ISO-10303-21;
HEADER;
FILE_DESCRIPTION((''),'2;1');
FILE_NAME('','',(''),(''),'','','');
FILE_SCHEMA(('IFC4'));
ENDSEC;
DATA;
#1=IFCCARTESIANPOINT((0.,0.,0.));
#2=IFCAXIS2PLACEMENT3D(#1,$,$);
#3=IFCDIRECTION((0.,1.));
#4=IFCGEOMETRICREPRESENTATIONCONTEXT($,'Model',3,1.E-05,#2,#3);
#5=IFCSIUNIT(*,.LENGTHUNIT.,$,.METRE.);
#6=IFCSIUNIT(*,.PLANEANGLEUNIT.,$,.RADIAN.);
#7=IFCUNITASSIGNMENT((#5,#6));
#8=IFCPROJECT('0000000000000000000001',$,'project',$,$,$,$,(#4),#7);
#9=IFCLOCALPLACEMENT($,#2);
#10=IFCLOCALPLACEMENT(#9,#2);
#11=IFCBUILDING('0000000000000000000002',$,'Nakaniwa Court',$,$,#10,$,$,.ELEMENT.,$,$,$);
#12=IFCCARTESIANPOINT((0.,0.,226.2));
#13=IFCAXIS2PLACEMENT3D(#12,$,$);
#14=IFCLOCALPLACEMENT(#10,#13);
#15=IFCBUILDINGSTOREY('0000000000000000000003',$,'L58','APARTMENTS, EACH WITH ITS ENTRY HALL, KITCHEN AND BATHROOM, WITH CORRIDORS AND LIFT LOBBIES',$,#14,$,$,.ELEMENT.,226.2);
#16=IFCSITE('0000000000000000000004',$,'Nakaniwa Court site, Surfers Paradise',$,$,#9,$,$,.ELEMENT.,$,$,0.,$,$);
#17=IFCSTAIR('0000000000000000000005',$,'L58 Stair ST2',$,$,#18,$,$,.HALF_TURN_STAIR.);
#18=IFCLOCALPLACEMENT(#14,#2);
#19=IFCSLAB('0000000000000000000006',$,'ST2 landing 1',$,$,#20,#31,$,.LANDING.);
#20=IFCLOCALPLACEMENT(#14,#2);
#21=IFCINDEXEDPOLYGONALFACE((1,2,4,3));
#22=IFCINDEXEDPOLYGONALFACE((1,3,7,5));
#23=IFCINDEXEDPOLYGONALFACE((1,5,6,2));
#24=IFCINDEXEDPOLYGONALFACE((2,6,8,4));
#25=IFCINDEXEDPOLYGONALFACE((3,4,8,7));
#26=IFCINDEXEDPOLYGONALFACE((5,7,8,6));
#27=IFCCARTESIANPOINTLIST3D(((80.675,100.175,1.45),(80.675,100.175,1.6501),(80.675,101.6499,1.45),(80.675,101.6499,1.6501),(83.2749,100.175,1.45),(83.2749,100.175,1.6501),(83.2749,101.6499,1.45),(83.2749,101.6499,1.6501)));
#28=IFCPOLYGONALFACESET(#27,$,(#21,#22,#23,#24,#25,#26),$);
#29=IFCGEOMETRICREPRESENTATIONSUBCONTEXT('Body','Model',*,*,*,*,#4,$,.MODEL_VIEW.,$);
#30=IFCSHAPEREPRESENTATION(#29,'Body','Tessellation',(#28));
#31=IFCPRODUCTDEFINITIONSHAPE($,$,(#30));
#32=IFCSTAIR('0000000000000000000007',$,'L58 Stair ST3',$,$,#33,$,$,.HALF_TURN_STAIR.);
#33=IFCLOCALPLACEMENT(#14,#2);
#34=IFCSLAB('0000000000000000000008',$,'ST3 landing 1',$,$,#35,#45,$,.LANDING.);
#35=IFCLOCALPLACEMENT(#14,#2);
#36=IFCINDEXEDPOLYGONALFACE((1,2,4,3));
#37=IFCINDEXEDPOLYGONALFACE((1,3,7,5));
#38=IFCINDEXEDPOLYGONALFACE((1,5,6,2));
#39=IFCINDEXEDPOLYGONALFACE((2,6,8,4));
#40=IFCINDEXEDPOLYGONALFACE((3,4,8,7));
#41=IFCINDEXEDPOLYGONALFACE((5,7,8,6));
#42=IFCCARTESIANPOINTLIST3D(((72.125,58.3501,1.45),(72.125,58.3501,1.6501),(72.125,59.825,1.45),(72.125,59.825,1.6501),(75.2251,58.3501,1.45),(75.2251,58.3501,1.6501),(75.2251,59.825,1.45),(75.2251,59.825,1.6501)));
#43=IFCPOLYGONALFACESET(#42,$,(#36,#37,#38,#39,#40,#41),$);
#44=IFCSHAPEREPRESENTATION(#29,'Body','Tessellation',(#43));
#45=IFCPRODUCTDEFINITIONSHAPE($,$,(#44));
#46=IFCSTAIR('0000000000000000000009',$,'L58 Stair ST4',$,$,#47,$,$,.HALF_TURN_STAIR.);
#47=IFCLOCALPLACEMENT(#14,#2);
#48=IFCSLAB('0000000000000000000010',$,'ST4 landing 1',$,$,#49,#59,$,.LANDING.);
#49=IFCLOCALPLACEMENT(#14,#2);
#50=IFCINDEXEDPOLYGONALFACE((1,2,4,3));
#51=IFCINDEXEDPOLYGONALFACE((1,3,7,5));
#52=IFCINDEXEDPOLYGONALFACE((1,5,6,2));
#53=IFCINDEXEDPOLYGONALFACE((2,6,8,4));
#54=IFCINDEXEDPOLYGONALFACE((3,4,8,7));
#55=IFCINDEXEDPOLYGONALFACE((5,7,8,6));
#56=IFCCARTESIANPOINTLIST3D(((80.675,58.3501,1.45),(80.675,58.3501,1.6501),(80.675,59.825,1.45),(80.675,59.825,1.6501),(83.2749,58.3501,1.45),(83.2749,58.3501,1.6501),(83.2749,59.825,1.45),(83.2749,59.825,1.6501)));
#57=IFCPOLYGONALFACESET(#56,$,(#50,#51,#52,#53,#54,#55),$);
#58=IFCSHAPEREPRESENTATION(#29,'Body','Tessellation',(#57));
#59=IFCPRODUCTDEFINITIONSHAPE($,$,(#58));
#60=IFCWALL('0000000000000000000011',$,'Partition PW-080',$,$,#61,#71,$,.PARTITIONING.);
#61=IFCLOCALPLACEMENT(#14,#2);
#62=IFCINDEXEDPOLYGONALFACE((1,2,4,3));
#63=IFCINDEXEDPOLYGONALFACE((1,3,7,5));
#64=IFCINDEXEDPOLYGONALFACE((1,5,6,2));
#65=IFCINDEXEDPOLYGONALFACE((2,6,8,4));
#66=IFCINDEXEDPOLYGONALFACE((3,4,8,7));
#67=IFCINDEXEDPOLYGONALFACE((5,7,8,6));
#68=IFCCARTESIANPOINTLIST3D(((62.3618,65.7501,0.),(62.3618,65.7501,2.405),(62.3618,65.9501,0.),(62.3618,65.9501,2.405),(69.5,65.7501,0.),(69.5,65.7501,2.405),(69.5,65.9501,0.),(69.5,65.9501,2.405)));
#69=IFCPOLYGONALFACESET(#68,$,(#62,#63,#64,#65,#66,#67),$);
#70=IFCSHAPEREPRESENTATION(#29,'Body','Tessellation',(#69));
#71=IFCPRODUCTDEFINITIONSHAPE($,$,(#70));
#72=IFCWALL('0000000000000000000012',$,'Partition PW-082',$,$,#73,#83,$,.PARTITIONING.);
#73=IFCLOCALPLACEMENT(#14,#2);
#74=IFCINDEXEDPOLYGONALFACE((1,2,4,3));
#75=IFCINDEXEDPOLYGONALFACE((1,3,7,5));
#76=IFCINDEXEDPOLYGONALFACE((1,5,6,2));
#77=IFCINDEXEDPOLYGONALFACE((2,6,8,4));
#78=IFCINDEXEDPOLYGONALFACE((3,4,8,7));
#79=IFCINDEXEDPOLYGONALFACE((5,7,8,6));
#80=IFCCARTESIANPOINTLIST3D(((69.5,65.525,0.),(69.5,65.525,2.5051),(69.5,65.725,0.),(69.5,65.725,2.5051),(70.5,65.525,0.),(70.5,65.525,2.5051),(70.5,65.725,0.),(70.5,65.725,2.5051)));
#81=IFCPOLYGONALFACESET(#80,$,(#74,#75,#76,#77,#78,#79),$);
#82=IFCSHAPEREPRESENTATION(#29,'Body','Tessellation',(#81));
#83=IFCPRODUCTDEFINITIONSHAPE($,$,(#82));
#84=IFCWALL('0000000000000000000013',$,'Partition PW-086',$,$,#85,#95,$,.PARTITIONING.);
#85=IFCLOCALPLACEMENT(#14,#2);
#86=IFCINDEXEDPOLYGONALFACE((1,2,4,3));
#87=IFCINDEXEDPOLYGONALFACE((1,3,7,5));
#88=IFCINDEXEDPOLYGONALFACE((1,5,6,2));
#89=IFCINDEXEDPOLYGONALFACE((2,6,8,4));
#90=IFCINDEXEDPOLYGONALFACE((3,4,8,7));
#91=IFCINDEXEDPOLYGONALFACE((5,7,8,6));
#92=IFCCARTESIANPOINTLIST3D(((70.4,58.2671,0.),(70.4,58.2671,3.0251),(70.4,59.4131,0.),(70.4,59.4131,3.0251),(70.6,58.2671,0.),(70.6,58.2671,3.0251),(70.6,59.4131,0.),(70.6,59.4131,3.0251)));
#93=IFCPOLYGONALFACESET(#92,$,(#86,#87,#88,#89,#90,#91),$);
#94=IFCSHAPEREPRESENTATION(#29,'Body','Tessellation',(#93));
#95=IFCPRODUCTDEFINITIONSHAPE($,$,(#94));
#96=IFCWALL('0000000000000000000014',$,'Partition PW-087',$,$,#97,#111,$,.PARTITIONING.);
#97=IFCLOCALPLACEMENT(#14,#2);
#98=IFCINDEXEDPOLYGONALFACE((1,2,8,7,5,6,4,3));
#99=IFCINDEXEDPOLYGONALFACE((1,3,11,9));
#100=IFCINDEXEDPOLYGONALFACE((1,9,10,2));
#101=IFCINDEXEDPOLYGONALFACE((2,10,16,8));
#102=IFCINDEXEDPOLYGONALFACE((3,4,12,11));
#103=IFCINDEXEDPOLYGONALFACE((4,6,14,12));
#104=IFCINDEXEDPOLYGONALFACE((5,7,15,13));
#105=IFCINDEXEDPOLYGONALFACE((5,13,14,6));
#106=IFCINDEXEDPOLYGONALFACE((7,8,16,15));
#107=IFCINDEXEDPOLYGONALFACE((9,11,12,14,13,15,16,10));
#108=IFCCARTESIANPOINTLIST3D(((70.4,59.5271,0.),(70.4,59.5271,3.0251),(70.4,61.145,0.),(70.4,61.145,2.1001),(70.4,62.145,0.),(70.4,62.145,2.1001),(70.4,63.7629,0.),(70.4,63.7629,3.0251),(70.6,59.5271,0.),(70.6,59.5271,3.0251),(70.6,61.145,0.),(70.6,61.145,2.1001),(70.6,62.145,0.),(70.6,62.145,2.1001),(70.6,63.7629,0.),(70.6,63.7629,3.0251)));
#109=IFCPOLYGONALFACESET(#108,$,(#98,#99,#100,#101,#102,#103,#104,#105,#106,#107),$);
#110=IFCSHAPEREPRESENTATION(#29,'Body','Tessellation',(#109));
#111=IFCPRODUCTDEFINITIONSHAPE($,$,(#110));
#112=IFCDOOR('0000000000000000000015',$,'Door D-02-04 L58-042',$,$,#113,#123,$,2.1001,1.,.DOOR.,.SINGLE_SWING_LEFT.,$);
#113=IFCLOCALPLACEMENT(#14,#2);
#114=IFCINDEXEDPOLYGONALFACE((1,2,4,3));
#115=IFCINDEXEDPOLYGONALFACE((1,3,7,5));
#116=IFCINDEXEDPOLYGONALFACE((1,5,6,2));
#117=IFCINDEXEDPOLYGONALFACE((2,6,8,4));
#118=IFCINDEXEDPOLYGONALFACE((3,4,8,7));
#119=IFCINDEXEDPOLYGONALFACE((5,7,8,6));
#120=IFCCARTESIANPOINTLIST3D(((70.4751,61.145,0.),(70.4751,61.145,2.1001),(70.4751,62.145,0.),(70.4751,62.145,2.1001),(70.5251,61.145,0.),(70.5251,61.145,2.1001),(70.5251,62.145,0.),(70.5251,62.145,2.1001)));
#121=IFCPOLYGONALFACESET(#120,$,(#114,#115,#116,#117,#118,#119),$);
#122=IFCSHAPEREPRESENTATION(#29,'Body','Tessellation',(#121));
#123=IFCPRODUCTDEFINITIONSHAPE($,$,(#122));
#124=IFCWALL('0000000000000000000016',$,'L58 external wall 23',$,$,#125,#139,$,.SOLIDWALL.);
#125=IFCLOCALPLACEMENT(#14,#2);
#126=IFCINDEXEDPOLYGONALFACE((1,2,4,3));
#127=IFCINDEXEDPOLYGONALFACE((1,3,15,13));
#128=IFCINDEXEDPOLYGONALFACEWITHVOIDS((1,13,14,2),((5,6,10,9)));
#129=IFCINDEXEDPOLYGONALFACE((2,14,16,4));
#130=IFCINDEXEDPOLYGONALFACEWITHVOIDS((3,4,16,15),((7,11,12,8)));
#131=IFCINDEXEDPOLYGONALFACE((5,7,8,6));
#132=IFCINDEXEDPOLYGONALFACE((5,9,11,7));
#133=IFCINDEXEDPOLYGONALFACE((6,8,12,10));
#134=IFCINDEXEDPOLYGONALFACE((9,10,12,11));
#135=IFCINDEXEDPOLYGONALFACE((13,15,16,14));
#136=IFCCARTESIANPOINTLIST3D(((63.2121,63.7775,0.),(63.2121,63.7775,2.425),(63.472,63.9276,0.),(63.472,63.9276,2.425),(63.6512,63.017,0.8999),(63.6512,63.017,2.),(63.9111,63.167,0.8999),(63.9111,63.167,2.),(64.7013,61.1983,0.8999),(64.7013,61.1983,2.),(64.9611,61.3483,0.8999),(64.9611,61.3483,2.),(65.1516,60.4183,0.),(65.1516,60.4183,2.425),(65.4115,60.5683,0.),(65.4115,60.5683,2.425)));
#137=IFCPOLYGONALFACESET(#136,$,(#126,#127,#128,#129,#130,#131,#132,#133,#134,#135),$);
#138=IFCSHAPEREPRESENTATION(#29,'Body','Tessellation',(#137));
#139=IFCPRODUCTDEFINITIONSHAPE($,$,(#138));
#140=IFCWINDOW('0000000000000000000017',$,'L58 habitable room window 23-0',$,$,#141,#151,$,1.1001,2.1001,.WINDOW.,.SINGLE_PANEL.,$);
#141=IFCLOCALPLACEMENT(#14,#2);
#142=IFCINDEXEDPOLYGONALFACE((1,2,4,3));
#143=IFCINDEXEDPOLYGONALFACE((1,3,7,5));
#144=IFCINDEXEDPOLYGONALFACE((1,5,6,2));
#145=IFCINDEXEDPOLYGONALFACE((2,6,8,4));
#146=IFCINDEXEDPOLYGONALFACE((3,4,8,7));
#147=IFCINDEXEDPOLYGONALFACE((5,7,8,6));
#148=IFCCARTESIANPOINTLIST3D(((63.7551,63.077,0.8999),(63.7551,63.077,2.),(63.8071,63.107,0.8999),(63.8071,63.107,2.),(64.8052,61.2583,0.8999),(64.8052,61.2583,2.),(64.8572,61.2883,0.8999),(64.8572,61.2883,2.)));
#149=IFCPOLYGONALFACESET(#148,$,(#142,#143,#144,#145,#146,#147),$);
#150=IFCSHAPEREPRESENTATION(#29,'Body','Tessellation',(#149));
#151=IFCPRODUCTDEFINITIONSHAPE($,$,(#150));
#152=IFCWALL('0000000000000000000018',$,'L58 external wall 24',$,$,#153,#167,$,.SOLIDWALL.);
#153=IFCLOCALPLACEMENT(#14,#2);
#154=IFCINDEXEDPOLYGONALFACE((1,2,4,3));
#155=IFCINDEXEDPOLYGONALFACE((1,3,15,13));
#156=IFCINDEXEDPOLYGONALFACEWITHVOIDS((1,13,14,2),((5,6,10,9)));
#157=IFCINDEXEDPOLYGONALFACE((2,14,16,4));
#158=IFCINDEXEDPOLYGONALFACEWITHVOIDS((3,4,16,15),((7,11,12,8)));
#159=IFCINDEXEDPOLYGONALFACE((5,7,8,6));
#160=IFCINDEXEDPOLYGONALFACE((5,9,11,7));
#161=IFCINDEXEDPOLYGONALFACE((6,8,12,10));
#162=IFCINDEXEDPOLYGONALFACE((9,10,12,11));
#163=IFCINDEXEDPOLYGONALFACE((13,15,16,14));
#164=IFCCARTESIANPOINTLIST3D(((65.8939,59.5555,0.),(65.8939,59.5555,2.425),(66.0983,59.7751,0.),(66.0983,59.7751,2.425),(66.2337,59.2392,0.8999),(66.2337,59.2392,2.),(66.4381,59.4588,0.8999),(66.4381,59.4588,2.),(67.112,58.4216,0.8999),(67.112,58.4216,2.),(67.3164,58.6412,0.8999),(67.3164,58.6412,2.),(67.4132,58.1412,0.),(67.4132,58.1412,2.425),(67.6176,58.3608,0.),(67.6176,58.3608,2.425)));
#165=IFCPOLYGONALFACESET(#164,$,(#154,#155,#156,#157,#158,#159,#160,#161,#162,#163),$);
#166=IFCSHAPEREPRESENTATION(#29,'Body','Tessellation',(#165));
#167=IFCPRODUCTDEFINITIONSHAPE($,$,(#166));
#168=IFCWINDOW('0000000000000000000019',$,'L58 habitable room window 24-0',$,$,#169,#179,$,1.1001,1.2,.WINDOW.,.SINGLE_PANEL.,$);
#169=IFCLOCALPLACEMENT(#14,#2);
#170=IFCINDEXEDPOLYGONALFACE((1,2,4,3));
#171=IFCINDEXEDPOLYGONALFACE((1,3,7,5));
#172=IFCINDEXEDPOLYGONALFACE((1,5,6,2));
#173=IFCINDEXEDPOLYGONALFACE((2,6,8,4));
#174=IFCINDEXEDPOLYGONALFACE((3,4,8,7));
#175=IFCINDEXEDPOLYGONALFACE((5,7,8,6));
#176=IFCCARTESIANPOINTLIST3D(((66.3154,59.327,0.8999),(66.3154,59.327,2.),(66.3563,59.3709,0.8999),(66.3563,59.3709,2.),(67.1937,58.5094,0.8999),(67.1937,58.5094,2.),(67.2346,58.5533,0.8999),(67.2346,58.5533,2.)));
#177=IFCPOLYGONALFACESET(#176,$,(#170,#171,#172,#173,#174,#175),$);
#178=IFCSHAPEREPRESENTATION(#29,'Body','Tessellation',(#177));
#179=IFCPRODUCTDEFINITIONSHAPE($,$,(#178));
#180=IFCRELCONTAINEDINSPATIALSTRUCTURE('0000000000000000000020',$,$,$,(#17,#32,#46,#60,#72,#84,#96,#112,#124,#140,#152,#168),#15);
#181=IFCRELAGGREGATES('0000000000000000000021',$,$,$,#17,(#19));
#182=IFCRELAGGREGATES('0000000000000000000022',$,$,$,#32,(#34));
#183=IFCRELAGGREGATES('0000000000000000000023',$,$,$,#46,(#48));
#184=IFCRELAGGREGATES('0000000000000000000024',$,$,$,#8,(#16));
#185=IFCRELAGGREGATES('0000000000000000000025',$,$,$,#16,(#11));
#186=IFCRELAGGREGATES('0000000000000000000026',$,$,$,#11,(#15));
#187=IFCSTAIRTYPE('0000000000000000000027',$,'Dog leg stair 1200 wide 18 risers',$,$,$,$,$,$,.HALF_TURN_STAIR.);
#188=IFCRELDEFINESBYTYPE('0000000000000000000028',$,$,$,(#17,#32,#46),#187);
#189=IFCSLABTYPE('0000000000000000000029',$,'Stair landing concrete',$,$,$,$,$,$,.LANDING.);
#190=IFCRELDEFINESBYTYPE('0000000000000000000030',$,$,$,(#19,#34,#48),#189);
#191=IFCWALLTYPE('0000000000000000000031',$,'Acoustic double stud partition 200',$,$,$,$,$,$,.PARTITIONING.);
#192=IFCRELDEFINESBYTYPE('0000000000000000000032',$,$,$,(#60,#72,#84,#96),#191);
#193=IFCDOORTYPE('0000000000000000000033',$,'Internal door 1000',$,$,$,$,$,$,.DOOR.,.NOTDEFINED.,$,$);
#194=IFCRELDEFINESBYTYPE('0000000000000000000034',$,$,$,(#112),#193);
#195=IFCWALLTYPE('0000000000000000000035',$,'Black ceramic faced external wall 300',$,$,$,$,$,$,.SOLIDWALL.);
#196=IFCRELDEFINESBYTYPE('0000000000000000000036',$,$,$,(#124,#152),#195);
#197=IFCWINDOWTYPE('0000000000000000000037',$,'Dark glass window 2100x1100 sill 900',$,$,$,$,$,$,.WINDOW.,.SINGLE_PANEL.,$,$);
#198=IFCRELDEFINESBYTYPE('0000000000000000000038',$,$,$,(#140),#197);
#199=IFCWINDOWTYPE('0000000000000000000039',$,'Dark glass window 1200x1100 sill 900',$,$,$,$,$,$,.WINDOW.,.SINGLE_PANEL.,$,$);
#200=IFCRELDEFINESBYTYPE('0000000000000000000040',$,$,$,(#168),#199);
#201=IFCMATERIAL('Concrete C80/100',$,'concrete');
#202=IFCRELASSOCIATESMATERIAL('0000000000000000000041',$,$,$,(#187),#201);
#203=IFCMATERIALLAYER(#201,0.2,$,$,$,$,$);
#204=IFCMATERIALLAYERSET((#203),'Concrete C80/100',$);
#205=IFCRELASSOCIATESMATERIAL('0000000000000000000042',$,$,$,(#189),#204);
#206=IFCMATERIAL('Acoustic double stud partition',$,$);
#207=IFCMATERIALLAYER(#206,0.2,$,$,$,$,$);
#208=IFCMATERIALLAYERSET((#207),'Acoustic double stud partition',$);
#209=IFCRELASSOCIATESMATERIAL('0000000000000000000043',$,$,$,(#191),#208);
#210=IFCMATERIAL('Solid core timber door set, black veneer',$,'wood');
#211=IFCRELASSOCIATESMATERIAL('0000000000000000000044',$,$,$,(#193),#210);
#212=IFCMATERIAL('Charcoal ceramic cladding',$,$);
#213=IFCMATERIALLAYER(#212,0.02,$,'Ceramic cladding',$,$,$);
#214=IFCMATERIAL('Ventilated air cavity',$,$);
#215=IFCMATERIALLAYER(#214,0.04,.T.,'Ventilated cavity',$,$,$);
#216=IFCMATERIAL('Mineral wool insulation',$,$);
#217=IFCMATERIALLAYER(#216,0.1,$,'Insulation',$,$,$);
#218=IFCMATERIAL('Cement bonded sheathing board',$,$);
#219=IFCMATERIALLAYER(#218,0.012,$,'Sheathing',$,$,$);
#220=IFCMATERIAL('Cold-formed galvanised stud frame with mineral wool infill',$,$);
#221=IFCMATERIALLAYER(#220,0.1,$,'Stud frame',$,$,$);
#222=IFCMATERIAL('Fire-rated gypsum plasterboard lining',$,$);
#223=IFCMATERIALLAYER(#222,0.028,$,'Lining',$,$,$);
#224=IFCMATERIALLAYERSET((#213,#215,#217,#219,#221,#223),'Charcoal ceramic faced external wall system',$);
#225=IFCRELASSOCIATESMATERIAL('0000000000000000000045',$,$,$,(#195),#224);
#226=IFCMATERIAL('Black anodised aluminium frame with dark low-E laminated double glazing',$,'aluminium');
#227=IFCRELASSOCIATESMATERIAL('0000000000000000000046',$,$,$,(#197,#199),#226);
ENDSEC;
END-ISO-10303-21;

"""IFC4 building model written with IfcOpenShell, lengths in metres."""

from ifc_helpers import new_model, si_unit, direction, frame, frame_2d, origin, place, context, subcontext, project, spatial, polyline, rectangle, outline, extrude, material, layer, layer_set, type_object, element, fill, aggregate, save


model = new_model("IFC4")

# Units and contexts
model_context = context("Model", 3, precision=1e-05, world=origin(), true_north=direction((0.0, 1.0)))
body_context = subcontext(model_context, "Body", "Model", "MODEL_VIEW")
ifc_project = project(units=[si_unit("LENGTHUNIT", "METRE"), si_unit("PLANEANGLEUNIT", "RADIAN")], contexts=[model_context])

# Site, building, storey
site_placement = place(None, origin())
site = spatial("IfcSite", under=ifc_project, at=site_placement, Name="Nakaniwa Court site, Surfers Paradise", CompositionType="ELEMENT", RefElevation=0.0)
building_placement = place(site_placement, origin())
building = spatial("IfcBuilding", under=site, at=building_placement, Name="Nakaniwa Court", CompositionType="ELEMENT")
storey_placement = place(building_placement, frame((0.0, 0.0, 226.2)))
storey = spatial("IfcBuildingStorey", under=building, at=storey_placement, Name="L58", Description="APARTMENTS, EACH WITH ITS ENTRY HALL, KITCHEN AND BATHROOM, WITH CORRIDORS AND LIFT LOBBIES", CompositionType="ELEMENT", Elevation=226.2)

# Shared definitions
ifc_material_1 = material(Name="Concrete C80/100", Category="concrete")

# Stairs, slabs
stair_type = type_object("IfcStairType", Name="Dog leg stair 1200 wide 18 risers", PredefinedType="HALF_TURN_STAIR", material=ifc_material_1)
ifc_layer_1 = layer(ifc_material_1, 0.2)
ifc_layer_set_1 = layer_set([ifc_layer_1], Name="Concrete C80/100")
slab_type_1 = type_object("IfcSlabType", Name="Stair landing concrete", PredefinedType="LANDING", material=ifc_layer_set_1)
stair_1_placement = place(storey_placement, origin())
stair_1 = element("IfcStair", 1, at=stair_1_placement, inside=storey, type_object=stair_type, Name="L58 Stair ST2", PredefinedType="HALF_TURN_STAIR")
slab_1_placement = place(storey_placement, frame((0.0, 0.0, 1.45)))
slab_1 = element("IfcSlab", 2, at=slab_1_placement, type_object=slab_type_1, Name="ST2 landing 1", PredefinedType="LANDING", context=body_context, shape_type="SweptSolid", body=[
    extrude(outline(polyline([(83.2749, 100.175), (83.2749, 101.6499), (80.675, 101.6499), (80.675, 100.175), (83.2749, 100.175)])), origin(), (0.0, 0.0, 1.0), 0.2002),
])
aggregate(stair_1, [slab_1])
stair_2_placement = place(storey_placement, origin())
stair_2 = element("IfcStair", 3, at=stair_2_placement, inside=storey, type_object=stair_type, Name="L58 Stair ST3", PredefinedType="HALF_TURN_STAIR")
slab_2_placement = place(storey_placement, frame((0.0, 0.0, 1.45)))
slab_2 = element("IfcSlab", 4, at=slab_2_placement, type_object=slab_type_1, Name="ST3 landing 1", PredefinedType="LANDING", context=body_context, shape_type="SweptSolid", body=[
    extrude(outline(polyline([(75.2251, 58.3501), (75.2251, 59.825), (72.125, 59.825), (72.125, 58.3501), (75.2251, 58.3501)])), origin(), (0.0, 0.0, 1.0), 0.2002),
])
aggregate(stair_2, [slab_2])
stair_3_placement = place(storey_placement, origin())
stair_3 = element("IfcStair", 5, at=stair_3_placement, inside=storey, type_object=stair_type, Name="L58 Stair ST4", PredefinedType="HALF_TURN_STAIR")
slab_3_placement = place(storey_placement, frame((0.0, 0.0, 1.45)))
slab_3 = element("IfcSlab", 6, at=slab_3_placement, type_object=slab_type_1, Name="ST4 landing 1", PredefinedType="LANDING", context=body_context, shape_type="SweptSolid", body=[
    extrude(outline(polyline([(83.2749, 58.3501), (83.2749, 59.825), (80.675, 59.825), (80.675, 58.3501), (83.2749, 58.3501)])), origin(), (0.0, 0.0, 1.0), 0.2002),
])
aggregate(stair_3, [slab_3])

# Walls
ifc_material_2 = material(Name="Acoustic double stud partition")
ifc_layer_2 = layer(ifc_material_2, 0.2)
ifc_layer_set_2 = layer_set([ifc_layer_2], Name="Acoustic double stud partition")
wall_type_1 = type_object("IfcWallType", Name="Acoustic double stud partition 200", PredefinedType="PARTITIONING", material=ifc_layer_set_2)
wall_1_placement = place(storey_placement, frame((62.3618, 65.8501, 0.0), z_axis=(0.0, 0.0, 1.0), x_axis=(1.0, 0.0, 0.0)))
element("IfcWall", 7, at=wall_1_placement, inside=storey, type_object=wall_type_1, Name="Partition PW-080", PredefinedType="PARTITIONING", context=body_context, shape_type="SweptSolid", body=[
    extrude(rectangle(XDim=7.1382, YDim=0.2, at=frame_2d((3.5691, 0.0))), origin(), (0.0, 0.0, 1.0), 2.405),
])
wall_2_placement = place(storey_placement, frame((69.5, 65.625, 0.0), z_axis=(0.0, 0.0, 1.0), x_axis=(1.0, 0.0, 0.0)))
element("IfcWall", 8, at=wall_2_placement, inside=storey, type_object=wall_type_1, Name="Partition PW-082", PredefinedType="PARTITIONING", context=body_context, shape_type="SweptSolid", body=[
    extrude(rectangle(XDim=1.0, YDim=0.2, at=frame_2d((0.5, 0.0))), origin(), (0.0, 0.0, 1.0), 2.5051),
])
wall_3_placement = place(storey_placement, frame((70.5, 58.2671, 0.0), z_axis=(0.0, 0.0, 1.0), x_axis=(0.0, 1.0, 0.0)))
element("IfcWall", 9, at=wall_3_placement, inside=storey, type_object=wall_type_1, Name="Partition PW-086", PredefinedType="PARTITIONING", context=body_context, shape_type="SweptSolid", body=[
    extrude(rectangle(XDim=1.146, YDim=0.2, at=frame_2d((0.573, 0.0))), origin(), (0.0, 0.0, 1.0), 3.0251),
])

# Wall, opening, door
wall_4_placement = place(storey_placement, frame((70.5, 59.5271, 0.0), z_axis=(0.0, 0.0, 1.0), x_axis=(0.0, 1.0, 0.0)))
wall_4 = element("IfcWall", 10, at=wall_4_placement, inside=storey, type_object=wall_type_1, Name="Partition PW-087", PredefinedType="PARTITIONING", context=body_context, shape_type="SweptSolid", body=[
    extrude(rectangle(XDim=4.2358, YDim=0.2, at=frame_2d((2.1179, 0.0))), origin(), (0.0, 0.0, 1.0), 3.0251),
])
opening_1_placement = place(wall_4_placement, frame((1.6179, 0.0, 0.0)))
opening_1 = element("IfcOpeningElement", 11, at=opening_1_placement, cuts=wall_4, PredefinedType="OPENING", context=body_context, shape_type="SweptSolid", body=[
    extrude(rectangle(XDim=1.0, YDim=2.1001, at=frame_2d((0.5, 1.05))), frame((0.0, 0.1099, 0.0), z_axis=(0.0, -1.0, 0.0), x_axis=(1.0, 0.0, 0.0)), (0.0, 0.0, 1.0), 0.22),
])
ifc_material_3 = material(Name="Solid core timber door set, black veneer", Category="wood")
door_type = type_object("IfcDoorType", Name="Internal door 1000", OperationType="NOTDEFINED", PredefinedType="DOOR", material=ifc_material_3)
door_placement = place(opening_1_placement, origin())
door = element("IfcDoor", 12, at=door_placement, inside=storey, type_object=door_type, Name="Door D-02-04 L58-042", OperationType="SINGLE_SWING_LEFT", OverallHeight=2.1001, OverallWidth=1.0, PredefinedType="DOOR", context=body_context, shape_type="SweptSolid", body=[
    extrude(rectangle(XDim=1.0, YDim=2.1001, at=frame_2d((0.5, 1.05))), frame((0.0, 0.0249, 0.0), z_axis=(0.0, -1.0, 0.0), x_axis=(1.0, 0.0, 0.0)), (0.0, 0.0, 1.0), 0.05),
])
fill(opening_1, door)

# Walls, openings, windows
ifc_material_4 = material(Name="Charcoal ceramic cladding")
ifc_layer_3 = layer(ifc_material_4, 0.02, Name="Ceramic cladding")
ifc_material_5 = material(Name="Ventilated air cavity")
ifc_layer_4 = layer(ifc_material_5, 0.04, ventilated=True, Name="Ventilated cavity")
ifc_material_6 = material(Name="Mineral wool insulation")
ifc_layer_5 = layer(ifc_material_6, 0.1, Name="Insulation")
ifc_material_7 = material(Name="Cement bonded sheathing board")
ifc_layer_6 = layer(ifc_material_7, 0.012, Name="Sheathing")
ifc_material_8 = material(Name="Cold-formed galvanised stud frame with mineral wool infill")
ifc_layer_7 = layer(ifc_material_8, 0.1, Name="Stud frame")
ifc_material_9 = material(Name="Fire-rated gypsum plasterboard lining")
ifc_layer_8 = layer(ifc_material_9, 0.028, Name="Lining")
ifc_layer_set_3 = layer_set([ifc_layer_3, ifc_layer_4, ifc_layer_5, ifc_layer_6, ifc_layer_7, ifc_layer_8], Name="Charcoal ceramic faced external wall system")
wall_type_2 = type_object("IfcWallType", Name="Black ceramic faced external wall 300", PredefinedType="SOLIDWALL", material=ifc_layer_set_3)
wall_5_placement = place(storey_placement, frame((63.342, 63.8525, 0.0), z_axis=(0.0, 0.0, 1.0), x_axis=(0.500011, -0.866019, 0.0)))
wall_5 = element("IfcWall", 13, at=wall_5_placement, inside=storey, type_object=wall_type_2, Name="L58 external wall 23", PredefinedType="SOLIDWALL", context=body_context, shape_type="SweptSolid", body=[
    extrude(rectangle(XDim=3.8789, YDim=0.3, at=frame_2d((1.9395, 0.0))), origin(), (0.0, 0.0, 1.0), 2.425),
])
opening_2_placement = place(wall_5_placement, frame((0.8782, 0.0, 0.8999)))
opening_2 = element("IfcOpeningElement", 14, at=opening_2_placement, cuts=wall_5, PredefinedType="OPENING", context=body_context, shape_type="SweptSolid", body=[
    extrude(rectangle(XDim=2.1001, YDim=1.1001, at=frame_2d((1.05, 0.55))), frame((0.0, 0.1599, 0.0), z_axis=(0.0, -1.0, 0.0), x_axis=(1.0, 0.0, 0.0)), (0.0, 0.0, 1.0), 0.3201),
])
ifc_material_10 = material(Name="Black anodised aluminium frame with dark low-E laminated double glazing", Category="aluminium")
window_type_1 = type_object("IfcWindowType", Name="Dark glass window 2100x1100 sill 900", PartitioningType="SINGLE_PANEL", PredefinedType="WINDOW", material=ifc_material_10)
window_1_placement = place(opening_2_placement, origin())
window_1 = element("IfcWindow", 15, at=window_1_placement, inside=storey, type_object=window_type_1, Name="L58 habitable room window 23-0", OverallHeight=1.1001, OverallWidth=2.1001, PartitioningType="SINGLE_PANEL", PredefinedType="WINDOW", context=body_context, shape_type="SweptSolid", body=[
    extrude(rectangle(XDim=2.1001, YDim=1.1001, at=frame_2d((1.05, 0.55))), frame((0.0, 0.03, 0.0), z_axis=(0.0, -1.0, 0.0), x_axis=(1.0, 0.0, 0.0)), (0.0, 0.0, 1.0), 0.0601),
])
fill(opening_2, window_1)
wall_6_placement = place(storey_placement, frame((65.9961, 59.6653, 0.0), z_axis=(0.0, 0.0, 1.0), x_axis=(0.731943, -0.681366, 0.0)))
wall_6 = element("IfcWall", 16, at=wall_6_placement, inside=storey, type_object=wall_type_2, Name="L58 external wall 24", PredefinedType="SOLIDWALL", context=body_context, shape_type="SweptSolid", body=[
    extrude(rectangle(XDim=2.0757, YDim=0.3, at=frame_2d((1.0378, 0.0))), origin(), (0.0, 0.0, 1.0), 2.425),
])
opening_3_placement = place(wall_6_placement, frame((0.4641, 0.0, 0.8999)))
opening_3 = element("IfcOpeningElement", 17, at=opening_3_placement, cuts=wall_6, PredefinedType="OPENING", context=body_context, shape_type="SweptSolid", body=[
    extrude(rectangle(XDim=1.2, YDim=1.1001, at=frame_2d((0.6001, 0.55))), frame((0.0, 0.1599, 0.0), z_axis=(0.0, -1.0, 0.0), x_axis=(1.0, 0.0, 0.0)), (0.0, 0.0, 1.0), 0.3201),
])
window_type_2 = type_object("IfcWindowType", Name="Dark glass window 1200x1100 sill 900", PartitioningType="SINGLE_PANEL", PredefinedType="WINDOW", material=ifc_material_10)
window_2_placement = place(opening_3_placement, origin())
window_2 = element("IfcWindow", 18, at=window_2_placement, inside=storey, type_object=window_type_2, Name="L58 habitable room window 24-0", OverallHeight=1.1001, OverallWidth=1.2, PartitioningType="SINGLE_PANEL", PredefinedType="WINDOW", context=body_context, shape_type="SweptSolid", body=[
    extrude(rectangle(XDim=1.2, YDim=1.1001, at=frame_2d((0.6001, 0.55))), frame((0.0, 0.03, 0.0), z_axis=(0.0, -1.0, 0.0), x_axis=(1.0, 0.0, 0.0)), (0.0, 0.0, 1.0), 0.0601),
])
fill(opening_3, window_2)

save(model, "model.ifc")
